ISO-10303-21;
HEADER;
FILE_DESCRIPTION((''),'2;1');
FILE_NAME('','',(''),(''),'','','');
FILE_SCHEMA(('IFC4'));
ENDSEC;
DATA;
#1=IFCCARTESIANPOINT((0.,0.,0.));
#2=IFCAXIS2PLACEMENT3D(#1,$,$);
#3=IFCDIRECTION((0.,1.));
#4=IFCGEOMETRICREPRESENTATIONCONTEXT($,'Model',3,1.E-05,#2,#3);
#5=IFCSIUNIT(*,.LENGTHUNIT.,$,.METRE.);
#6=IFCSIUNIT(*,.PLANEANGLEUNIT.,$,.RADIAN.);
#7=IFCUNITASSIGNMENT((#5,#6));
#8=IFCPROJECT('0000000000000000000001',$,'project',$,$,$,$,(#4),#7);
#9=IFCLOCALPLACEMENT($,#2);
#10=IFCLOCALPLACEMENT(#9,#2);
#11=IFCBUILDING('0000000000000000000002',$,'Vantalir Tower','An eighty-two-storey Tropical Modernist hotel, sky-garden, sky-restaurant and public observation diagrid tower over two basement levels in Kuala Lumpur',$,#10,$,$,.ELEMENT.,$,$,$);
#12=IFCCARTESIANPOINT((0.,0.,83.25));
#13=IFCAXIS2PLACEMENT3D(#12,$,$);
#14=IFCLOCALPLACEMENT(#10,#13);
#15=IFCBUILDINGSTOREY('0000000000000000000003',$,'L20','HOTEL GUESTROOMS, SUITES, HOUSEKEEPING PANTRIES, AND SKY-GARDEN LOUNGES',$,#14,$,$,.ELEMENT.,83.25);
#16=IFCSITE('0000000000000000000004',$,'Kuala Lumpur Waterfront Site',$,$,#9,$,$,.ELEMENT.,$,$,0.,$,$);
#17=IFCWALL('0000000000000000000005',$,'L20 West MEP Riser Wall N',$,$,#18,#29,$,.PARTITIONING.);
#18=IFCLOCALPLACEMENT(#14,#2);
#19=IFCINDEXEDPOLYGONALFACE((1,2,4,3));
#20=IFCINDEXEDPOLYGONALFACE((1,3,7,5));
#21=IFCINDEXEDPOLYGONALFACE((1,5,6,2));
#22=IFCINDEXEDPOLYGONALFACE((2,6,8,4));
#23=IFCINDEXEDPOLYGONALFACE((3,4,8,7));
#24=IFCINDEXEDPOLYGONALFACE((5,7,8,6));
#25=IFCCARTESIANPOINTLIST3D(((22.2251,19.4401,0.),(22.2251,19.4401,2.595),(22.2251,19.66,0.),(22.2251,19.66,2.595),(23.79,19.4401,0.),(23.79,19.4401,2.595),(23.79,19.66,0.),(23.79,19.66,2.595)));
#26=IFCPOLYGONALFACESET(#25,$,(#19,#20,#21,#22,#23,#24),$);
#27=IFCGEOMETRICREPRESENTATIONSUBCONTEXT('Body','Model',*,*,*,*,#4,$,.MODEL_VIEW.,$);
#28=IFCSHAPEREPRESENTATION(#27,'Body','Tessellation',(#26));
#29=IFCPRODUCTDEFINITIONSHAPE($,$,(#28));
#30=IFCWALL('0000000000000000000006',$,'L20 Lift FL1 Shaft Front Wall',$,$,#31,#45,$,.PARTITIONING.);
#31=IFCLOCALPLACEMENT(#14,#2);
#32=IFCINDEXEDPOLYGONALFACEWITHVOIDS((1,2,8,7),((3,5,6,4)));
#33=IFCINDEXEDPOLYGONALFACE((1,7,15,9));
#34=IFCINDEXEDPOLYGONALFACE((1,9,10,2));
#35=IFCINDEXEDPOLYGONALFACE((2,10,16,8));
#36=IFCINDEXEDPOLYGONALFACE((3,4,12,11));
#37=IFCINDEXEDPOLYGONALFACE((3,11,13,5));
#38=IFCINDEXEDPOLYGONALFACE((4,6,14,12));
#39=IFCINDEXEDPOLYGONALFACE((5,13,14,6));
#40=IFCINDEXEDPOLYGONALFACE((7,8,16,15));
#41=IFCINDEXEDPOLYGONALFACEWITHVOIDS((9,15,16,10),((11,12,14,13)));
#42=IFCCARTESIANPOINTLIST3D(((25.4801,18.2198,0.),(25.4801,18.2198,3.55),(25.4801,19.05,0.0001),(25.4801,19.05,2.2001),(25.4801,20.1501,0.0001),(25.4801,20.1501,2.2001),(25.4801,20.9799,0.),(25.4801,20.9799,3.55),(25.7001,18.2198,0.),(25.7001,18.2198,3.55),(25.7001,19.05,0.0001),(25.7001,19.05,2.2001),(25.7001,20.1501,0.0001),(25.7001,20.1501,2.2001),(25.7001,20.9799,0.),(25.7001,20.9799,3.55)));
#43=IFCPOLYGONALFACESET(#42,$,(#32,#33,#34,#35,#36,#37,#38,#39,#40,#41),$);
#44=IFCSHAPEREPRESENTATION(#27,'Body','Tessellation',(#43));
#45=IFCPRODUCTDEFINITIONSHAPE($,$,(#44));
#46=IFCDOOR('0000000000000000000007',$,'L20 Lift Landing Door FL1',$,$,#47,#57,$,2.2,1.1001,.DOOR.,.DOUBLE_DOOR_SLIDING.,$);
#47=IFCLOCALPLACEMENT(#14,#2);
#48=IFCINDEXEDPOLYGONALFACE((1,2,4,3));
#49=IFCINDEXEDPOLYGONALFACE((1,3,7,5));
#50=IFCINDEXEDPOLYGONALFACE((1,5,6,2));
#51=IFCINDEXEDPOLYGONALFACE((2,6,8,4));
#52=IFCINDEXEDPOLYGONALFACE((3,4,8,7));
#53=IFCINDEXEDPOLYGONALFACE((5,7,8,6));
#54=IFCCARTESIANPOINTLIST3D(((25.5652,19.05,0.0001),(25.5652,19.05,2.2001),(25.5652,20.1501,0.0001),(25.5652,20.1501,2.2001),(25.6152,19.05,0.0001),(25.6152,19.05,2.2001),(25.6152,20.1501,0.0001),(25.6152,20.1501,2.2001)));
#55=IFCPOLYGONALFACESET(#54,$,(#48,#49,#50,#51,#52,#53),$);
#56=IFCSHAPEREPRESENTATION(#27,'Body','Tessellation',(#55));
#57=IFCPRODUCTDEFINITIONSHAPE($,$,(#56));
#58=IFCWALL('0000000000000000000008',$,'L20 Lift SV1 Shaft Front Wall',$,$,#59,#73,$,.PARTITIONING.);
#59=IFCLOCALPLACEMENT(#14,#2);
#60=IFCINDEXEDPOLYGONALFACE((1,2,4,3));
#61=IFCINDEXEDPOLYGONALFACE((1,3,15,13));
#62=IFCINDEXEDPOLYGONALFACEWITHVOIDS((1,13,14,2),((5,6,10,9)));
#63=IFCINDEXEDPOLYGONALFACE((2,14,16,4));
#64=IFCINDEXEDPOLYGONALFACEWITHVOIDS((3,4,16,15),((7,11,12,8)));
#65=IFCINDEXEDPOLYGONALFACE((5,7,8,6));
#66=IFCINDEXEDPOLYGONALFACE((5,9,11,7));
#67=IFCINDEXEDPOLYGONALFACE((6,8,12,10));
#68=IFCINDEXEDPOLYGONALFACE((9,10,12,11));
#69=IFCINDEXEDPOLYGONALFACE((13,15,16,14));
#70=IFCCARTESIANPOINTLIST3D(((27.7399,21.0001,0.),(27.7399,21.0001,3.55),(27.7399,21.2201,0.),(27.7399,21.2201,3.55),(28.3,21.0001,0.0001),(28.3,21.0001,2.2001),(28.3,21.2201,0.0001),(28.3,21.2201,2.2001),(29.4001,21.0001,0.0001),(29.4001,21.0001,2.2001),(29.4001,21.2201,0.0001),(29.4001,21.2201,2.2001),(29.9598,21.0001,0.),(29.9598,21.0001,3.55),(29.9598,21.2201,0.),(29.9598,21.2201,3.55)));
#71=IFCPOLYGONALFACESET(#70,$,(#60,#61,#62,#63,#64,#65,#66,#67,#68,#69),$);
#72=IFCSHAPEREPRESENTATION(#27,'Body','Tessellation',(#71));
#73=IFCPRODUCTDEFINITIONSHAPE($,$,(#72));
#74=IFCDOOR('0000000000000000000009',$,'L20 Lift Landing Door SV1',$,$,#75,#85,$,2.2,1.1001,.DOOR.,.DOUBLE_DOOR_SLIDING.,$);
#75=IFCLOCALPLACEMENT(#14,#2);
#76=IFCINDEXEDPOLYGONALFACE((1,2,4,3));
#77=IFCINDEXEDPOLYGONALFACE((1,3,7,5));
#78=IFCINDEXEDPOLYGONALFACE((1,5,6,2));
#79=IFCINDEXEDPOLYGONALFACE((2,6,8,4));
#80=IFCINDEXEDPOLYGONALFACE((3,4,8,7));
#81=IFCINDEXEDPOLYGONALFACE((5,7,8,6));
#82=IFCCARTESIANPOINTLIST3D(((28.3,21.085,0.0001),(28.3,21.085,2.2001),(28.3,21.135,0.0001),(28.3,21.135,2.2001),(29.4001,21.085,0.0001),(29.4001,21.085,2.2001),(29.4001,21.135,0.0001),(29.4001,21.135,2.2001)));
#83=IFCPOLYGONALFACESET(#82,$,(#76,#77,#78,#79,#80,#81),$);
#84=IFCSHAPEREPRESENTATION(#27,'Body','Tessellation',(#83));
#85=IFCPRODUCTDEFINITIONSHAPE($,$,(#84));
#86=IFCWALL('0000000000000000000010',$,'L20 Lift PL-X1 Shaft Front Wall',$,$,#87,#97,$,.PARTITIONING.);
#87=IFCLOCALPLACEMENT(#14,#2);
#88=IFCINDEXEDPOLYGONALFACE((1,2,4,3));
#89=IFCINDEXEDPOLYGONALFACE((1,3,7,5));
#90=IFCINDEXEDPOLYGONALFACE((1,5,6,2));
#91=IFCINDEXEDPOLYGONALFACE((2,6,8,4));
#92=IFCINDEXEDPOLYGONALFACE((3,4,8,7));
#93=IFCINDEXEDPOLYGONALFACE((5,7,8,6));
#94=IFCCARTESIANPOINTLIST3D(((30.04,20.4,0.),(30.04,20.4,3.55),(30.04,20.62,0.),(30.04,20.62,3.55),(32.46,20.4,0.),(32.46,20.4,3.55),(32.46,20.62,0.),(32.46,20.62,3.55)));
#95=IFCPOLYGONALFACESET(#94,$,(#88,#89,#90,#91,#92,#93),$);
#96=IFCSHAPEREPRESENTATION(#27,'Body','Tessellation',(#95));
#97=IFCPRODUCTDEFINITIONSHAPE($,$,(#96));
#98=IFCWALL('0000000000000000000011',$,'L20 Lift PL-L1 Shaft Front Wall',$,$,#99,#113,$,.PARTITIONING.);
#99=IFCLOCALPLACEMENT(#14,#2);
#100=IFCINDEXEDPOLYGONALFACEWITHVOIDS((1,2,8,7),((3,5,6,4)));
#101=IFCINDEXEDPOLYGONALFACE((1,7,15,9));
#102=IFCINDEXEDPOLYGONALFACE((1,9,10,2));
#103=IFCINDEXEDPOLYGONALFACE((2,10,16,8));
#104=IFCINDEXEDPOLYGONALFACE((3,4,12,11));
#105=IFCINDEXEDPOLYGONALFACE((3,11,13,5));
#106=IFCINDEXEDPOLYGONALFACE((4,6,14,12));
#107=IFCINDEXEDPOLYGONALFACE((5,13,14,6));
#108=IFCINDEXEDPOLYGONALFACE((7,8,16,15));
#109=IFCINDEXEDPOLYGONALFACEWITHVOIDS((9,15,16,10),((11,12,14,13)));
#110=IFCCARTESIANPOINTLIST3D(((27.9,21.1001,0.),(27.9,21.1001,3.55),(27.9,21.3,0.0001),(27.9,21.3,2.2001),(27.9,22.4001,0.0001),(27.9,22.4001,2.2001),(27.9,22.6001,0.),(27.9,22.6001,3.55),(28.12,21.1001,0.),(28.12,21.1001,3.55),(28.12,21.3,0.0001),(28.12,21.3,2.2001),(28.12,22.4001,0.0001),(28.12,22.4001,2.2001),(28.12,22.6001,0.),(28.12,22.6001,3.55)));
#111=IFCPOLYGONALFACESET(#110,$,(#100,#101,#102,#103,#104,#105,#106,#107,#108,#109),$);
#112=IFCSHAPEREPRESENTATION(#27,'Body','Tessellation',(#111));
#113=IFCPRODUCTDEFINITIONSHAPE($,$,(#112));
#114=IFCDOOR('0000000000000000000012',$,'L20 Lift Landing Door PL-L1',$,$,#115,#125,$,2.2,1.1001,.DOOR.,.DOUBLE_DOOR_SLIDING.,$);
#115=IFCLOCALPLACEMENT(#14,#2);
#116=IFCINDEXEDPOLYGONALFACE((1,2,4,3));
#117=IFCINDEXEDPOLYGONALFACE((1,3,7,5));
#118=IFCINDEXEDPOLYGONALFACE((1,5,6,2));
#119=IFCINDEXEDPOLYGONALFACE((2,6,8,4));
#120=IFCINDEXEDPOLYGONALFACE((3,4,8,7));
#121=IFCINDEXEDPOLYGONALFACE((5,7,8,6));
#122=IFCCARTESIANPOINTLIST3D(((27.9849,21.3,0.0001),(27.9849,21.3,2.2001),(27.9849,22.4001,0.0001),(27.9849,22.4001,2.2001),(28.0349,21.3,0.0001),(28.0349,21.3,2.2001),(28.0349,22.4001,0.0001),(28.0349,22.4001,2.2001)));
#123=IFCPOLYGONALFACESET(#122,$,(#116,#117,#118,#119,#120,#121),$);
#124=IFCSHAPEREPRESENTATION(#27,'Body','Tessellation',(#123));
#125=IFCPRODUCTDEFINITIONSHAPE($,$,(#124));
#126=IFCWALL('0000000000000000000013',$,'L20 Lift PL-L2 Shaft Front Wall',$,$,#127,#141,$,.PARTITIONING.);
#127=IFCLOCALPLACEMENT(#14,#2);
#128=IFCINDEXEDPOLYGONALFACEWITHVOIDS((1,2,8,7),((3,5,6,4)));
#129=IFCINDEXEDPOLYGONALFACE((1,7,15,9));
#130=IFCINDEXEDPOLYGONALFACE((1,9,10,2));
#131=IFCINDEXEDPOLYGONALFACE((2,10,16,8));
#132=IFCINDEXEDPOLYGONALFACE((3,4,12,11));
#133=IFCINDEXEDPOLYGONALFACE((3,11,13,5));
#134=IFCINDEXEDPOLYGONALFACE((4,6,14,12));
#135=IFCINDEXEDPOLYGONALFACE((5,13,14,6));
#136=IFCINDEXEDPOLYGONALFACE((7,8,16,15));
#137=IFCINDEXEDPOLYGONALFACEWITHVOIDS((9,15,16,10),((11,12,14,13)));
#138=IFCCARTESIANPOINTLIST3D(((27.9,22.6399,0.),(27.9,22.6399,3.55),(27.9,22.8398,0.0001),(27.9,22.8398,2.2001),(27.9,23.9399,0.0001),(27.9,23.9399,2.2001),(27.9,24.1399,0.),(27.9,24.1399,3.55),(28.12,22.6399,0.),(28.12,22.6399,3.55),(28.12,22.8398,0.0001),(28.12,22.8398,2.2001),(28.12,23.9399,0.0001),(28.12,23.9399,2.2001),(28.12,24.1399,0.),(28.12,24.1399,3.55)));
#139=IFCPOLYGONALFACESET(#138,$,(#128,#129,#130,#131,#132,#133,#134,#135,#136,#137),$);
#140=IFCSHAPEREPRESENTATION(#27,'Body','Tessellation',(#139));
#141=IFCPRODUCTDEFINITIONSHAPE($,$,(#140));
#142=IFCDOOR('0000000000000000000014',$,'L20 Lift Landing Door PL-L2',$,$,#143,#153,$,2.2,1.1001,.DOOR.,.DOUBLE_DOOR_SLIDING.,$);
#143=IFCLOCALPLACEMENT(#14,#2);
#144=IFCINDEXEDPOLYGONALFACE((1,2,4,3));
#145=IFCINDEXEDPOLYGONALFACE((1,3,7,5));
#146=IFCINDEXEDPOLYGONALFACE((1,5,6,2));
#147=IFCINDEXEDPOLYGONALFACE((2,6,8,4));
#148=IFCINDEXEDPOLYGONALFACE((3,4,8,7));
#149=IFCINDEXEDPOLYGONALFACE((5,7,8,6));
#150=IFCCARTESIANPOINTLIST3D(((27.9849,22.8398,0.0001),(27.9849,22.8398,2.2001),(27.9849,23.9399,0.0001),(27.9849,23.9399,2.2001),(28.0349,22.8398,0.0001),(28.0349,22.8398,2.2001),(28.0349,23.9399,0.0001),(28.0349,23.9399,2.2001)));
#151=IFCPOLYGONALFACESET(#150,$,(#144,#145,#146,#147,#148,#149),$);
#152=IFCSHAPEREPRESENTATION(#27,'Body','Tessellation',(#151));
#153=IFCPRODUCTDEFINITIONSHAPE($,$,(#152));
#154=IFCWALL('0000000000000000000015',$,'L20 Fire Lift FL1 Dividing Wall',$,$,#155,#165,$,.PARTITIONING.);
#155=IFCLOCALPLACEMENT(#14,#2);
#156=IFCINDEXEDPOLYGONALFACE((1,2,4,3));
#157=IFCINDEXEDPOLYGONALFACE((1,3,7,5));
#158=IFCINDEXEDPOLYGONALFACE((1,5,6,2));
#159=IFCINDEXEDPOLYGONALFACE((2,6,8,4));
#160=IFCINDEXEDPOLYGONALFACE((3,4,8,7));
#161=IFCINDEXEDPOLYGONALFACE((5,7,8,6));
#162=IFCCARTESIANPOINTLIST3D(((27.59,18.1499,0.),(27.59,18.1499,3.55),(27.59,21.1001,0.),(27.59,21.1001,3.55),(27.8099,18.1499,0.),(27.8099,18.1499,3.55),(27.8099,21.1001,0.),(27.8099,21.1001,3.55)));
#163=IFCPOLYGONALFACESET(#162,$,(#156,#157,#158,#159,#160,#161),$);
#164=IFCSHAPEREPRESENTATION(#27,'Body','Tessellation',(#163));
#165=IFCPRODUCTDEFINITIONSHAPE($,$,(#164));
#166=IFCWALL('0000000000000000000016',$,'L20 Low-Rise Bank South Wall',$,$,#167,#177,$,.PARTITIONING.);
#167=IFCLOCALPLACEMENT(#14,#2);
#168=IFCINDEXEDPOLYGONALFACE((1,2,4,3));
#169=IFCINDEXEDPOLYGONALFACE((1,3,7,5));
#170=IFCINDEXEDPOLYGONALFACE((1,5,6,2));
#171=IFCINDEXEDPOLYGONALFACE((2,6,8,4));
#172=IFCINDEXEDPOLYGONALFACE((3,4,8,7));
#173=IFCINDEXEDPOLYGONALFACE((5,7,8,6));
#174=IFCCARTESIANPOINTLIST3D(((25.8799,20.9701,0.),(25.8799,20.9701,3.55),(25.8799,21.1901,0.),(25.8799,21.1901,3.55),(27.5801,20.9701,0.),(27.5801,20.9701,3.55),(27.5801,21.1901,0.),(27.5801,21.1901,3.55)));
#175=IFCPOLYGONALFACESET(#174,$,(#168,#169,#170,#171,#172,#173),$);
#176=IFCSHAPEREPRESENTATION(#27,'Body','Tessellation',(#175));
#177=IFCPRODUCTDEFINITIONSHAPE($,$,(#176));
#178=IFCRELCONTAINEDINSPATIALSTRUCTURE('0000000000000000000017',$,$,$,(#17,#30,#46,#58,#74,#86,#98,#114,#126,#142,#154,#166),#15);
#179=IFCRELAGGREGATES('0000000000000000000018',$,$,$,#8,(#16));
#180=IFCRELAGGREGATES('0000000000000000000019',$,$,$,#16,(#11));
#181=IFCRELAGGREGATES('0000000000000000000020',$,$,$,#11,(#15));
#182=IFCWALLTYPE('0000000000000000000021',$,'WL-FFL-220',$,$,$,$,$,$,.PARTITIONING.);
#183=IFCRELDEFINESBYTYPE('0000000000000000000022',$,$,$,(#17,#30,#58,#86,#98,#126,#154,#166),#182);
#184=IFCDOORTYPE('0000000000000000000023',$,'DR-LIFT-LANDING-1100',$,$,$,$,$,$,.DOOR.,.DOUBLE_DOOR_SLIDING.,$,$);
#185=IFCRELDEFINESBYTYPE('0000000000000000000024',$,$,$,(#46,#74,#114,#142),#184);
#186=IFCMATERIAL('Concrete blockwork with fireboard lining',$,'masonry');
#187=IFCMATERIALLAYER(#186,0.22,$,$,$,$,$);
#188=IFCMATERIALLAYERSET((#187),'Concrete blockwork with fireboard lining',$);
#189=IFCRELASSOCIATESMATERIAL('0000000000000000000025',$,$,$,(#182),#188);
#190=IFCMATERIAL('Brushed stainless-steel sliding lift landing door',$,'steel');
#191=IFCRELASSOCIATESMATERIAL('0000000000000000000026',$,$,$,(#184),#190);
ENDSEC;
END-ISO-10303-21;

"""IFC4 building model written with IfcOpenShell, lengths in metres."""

from ifc_helpers import new_model, si_unit, direction, frame, frame_2d, origin, place, context, subcontext, project, spatial, rectangle, extrude, material, layer, layer_set, type_object, element, fill, save


model = new_model("IFC4")

# Units and contexts
model_context = context("Model", 3, precision=1e-05, world=origin(), true_north=direction((0.0, 1.0)))
body_context = subcontext(model_context, "Body", "Model", "MODEL_VIEW")
ifc_project = project(units=[si_unit("LENGTHUNIT", "METRE"), si_unit("PLANEANGLEUNIT", "RADIAN")], contexts=[model_context])

# Site, building, storey
site_placement = place(None, origin())
site = spatial("IfcSite", under=ifc_project, at=site_placement, Name="Kuala Lumpur Waterfront Site", CompositionType="ELEMENT", RefElevation=0.0)
building_placement = place(site_placement, origin())
building = spatial("IfcBuilding", under=site, at=building_placement, Name="Vantalir Tower", Description="An eighty-two-storey Tropical Modernist hotel, sky-garden, sky-restaurant and public observation diagrid tower over two basement levels in Kuala Lumpur", CompositionType="ELEMENT")
storey_placement = place(building_placement, frame((0.0, 0.0, 83.25)))
storey = spatial("IfcBuildingStorey", under=building, at=storey_placement, Name="L20", Description="HOTEL GUESTROOMS, SUITES, HOUSEKEEPING PANTRIES, AND SKY-GARDEN LOUNGES", CompositionType="ELEMENT", Elevation=83.25)

# Wall
ifc_material_1 = material(Name="Concrete blockwork with fireboard lining", Category="masonry")
ifc_layer_1 = layer(ifc_material_1, 0.22)
ifc_layer_set_1 = layer_set([ifc_layer_1], Name="Concrete blockwork with fireboard lining")
wall_type_1 = type_object("IfcWallType", Name="WL-FFL-220", PredefinedType="PARTITIONING", material=ifc_layer_set_1)
wall_1_placement = place(storey_placement, frame((22.2251, 19.55, 0.0), z_axis=(0.0, 0.0, 1.0), x_axis=(1.0, 0.0, 0.0)))
element("IfcWall", 1, at=wall_1_placement, inside=storey, type_object=wall_type_1, Name="L20 West MEP Riser Wall N", PredefinedType="PARTITIONING", context=body_context, shape_type="SweptSolid", body=[
    extrude(rectangle(XDim=1.5649, YDim=0.22, at=frame_2d((0.7825, 0.0))), origin(), (0.0, 0.0, 1.0), 2.595),
])

# Walls, openings, doors
wall_2_placement = place(storey_placement, frame((25.5901, 18.22, 0.0), z_axis=(0.0, 0.0, 1.0), x_axis=(0.0, 1.0, 0.0)))
wall_2 = element("IfcWall", 2, at=wall_2_placement, inside=storey, type_object=wall_type_1, Name="L20 Lift FL1 Shaft Front Wall", PredefinedType="PARTITIONING", context=body_context, shape_type="SweptSolid", body=[
    extrude(rectangle(XDim=2.76, YDim=0.22, at=frame_2d((1.3799, 0.0))), origin(), (0.0, 0.0, 1.0), 3.55),
])
opening_1_placement = place(wall_2_placement, frame((0.8301, 0.0, 0.0)))
opening_1 = element("IfcOpeningElement", 3, at=opening_1_placement, cuts=wall_2, PredefinedType="OPENING", context=body_context, shape_type="SweptSolid", body=[
    extrude(rectangle(XDim=1.1001, YDim=2.2, at=frame_2d((0.55, 1.1001))), frame((0.0, 0.1199, 0.0), z_axis=(0.0, -1.0, 0.0), x_axis=(1.0, 0.0, 0.0)), (0.0, 0.0, 1.0), 0.24),
])
ifc_material_2 = material(Name="Brushed stainless-steel sliding lift landing door", Category="steel")
door_type_1 = type_object("IfcDoorType", Name="DR-LIFT-LANDING-1100", OperationType="DOUBLE_DOOR_SLIDING", PredefinedType="DOOR", material=ifc_material_2)
door_1_placement = place(opening_1_placement, origin())
door_1 = element("IfcDoor", 4, at=door_1_placement, inside=storey, type_object=door_type_1, Name="L20 Lift Landing Door FL1", OperationType="DOUBLE_DOOR_SLIDING", OverallHeight=2.2, OverallWidth=1.1001, PredefinedType="DOOR", context=body_context, shape_type="SweptSolid", body=[
    extrude(rectangle(XDim=1.1001, YDim=2.2, at=frame_2d((0.55, 1.1001))), frame((0.0, 0.0249, 0.0), z_axis=(0.0, -1.0, 0.0), x_axis=(1.0, 0.0, 0.0)), (0.0, 0.0, 1.0), 0.05),
])
fill(opening_1, door_1)
wall_3_placement = place(storey_placement, frame((27.74, 21.1101, 0.0), z_axis=(0.0, 0.0, 1.0), x_axis=(1.0, 0.0, 0.0)))
wall_3 = element("IfcWall", 5, at=wall_3_placement, inside=storey, type_object=wall_type_1, Name="L20 Lift SV1 Shaft Front Wall", PredefinedType="PARTITIONING", context=body_context, shape_type="SweptSolid", body=[
    extrude(rectangle(XDim=2.22, YDim=0.22, at=frame_2d((1.1099, 0.0))), origin(), (0.0, 0.0, 1.0), 3.55),
])
opening_2_placement = place(wall_3_placement, frame((0.5601, 0.0, 0.0)))
opening_2 = element("IfcOpeningElement", 6, at=opening_2_placement, cuts=wall_3, PredefinedType="OPENING", context=body_context, shape_type="SweptSolid", body=[
    extrude(rectangle(XDim=1.1001, YDim=2.2, at=frame_2d((0.55, 1.1001))), frame((0.0, 0.1199, 0.0), z_axis=(0.0, -1.0, 0.0), x_axis=(1.0, 0.0, 0.0)), (0.0, 0.0, 1.0), 0.24),
])
door_2_placement = place(opening_2_placement, origin())
door_2 = element("IfcDoor", 7, at=door_2_placement, inside=storey, type_object=door_type_1, Name="L20 Lift Landing Door SV1", OperationType="DOUBLE_DOOR_SLIDING", OverallHeight=2.2, OverallWidth=1.1001, PredefinedType="DOOR", context=body_context, shape_type="SweptSolid", body=[
    extrude(rectangle(XDim=1.1001, YDim=2.2, at=frame_2d((0.55, 1.1001))), frame((0.0, 0.0249, 0.0), z_axis=(0.0, -1.0, 0.0), x_axis=(1.0, 0.0, 0.0)), (0.0, 0.0, 1.0), 0.05),
])
fill(opening_2, door_2)

# Wall
wall_4_placement = place(storey_placement, frame((30.04, 20.51, 0.0), z_axis=(0.0, 0.0, 1.0), x_axis=(1.0, 0.0, 0.0)))
element("IfcWall", 8, at=wall_4_placement, inside=storey, type_object=wall_type_1, Name="L20 Lift PL-X1 Shaft Front Wall", PredefinedType="PARTITIONING", context=body_context, shape_type="SweptSolid", body=[
    extrude(rectangle(XDim=2.4199, YDim=0.22, at=frame_2d((1.21, 0.0))), origin(), (0.0, 0.0, 1.0), 3.55),
])

# Walls, openings, doors
wall_5_placement = place(storey_placement, frame((28.01, 21.1001, 0.0), z_axis=(0.0, 0.0, 1.0), x_axis=(0.0, 1.0, 0.0)))
wall_5 = element("IfcWall", 9, at=wall_5_placement, inside=storey, type_object=wall_type_1, Name="L20 Lift PL-L1 Shaft Front Wall", PredefinedType="PARTITIONING", context=body_context, shape_type="SweptSolid", body=[
    extrude(rectangle(XDim=1.5, YDim=0.22, at=frame_2d((0.75, 0.0))), origin(), (0.0, 0.0, 1.0), 3.55),
])
opening_3_placement = place(wall_5_placement, frame((0.2, 0.0, 0.0)))
opening_3 = element("IfcOpeningElement", 10, at=opening_3_placement, cuts=wall_5, PredefinedType="OPENING", context=body_context, shape_type="SweptSolid", body=[
    extrude(rectangle(XDim=1.1001, YDim=2.2, at=frame_2d((0.55, 1.1001))), frame((0.0, 0.1199, 0.0), z_axis=(0.0, -1.0, 0.0), x_axis=(1.0, 0.0, 0.0)), (0.0, 0.0, 1.0), 0.24),
])
door_3_placement = place(opening_3_placement, frame((1.1001, 0.0, 0.0), z_axis=(0.0, 0.0, 1.0), x_axis=(-1.0, 0.0, 0.0)))
door_3 = element("IfcDoor", 11, at=door_3_placement, inside=storey, type_object=door_type_1, Name="L20 Lift Landing Door PL-L1", OperationType="DOUBLE_DOOR_SLIDING", OverallHeight=2.2, OverallWidth=1.1001, PredefinedType="DOOR", context=body_context, shape_type="SweptSolid", body=[
    extrude(rectangle(XDim=1.1001, YDim=2.2, at=frame_2d((0.55, 1.1001))), frame((0.0, 0.0249, 0.0), z_axis=(0.0, -1.0, 0.0), x_axis=(1.0, 0.0, 0.0)), (0.0, 0.0, 1.0), 0.05),
])
fill(opening_3, door_3)
wall_6_placement = place(storey_placement, frame((28.01, 22.6399, 0.0), z_axis=(0.0, 0.0, 1.0), x_axis=(0.0, 1.0, 0.0)))
wall_6 = element("IfcWall", 12, at=wall_6_placement, inside=storey, type_object=wall_type_1, Name="L20 Lift PL-L2 Shaft Front Wall", PredefinedType="PARTITIONING", context=body_context, shape_type="SweptSolid", body=[
    extrude(rectangle(XDim=1.5, YDim=0.22, at=frame_2d((0.75, 0.0))), origin(), (0.0, 0.0, 1.0), 3.55),
])
opening_4_placement = place(wall_6_placement, frame((0.2, 0.0, 0.0)))
opening_4 = element("IfcOpeningElement", 13, at=opening_4_placement, cuts=wall_6, PredefinedType="OPENING", context=body_context, shape_type="SweptSolid", body=[
    extrude(rectangle(XDim=1.1001, YDim=2.2, at=frame_2d((0.55, 1.1001))), frame((0.0, 0.1199, 0.0), z_axis=(0.0, -1.0, 0.0), x_axis=(1.0, 0.0, 0.0)), (0.0, 0.0, 1.0), 0.24),
])
door_4_placement = place(opening_4_placement, frame((1.1001, 0.0, 0.0), z_axis=(0.0, 0.0, 1.0), x_axis=(-1.0, 0.0, 0.0)))
door_4 = element("IfcDoor", 14, at=door_4_placement, inside=storey, type_object=door_type_1, Name="L20 Lift Landing Door PL-L2", OperationType="DOUBLE_DOOR_SLIDING", OverallHeight=2.2, OverallWidth=1.1001, PredefinedType="DOOR", context=body_context, shape_type="SweptSolid", body=[
    extrude(rectangle(XDim=1.1001, YDim=2.2, at=frame_2d((0.55, 1.1001))), frame((0.0, 0.0249, 0.0), z_axis=(0.0, -1.0, 0.0), x_axis=(1.0, 0.0, 0.0)), (0.0, 0.0, 1.0), 0.05),
])
fill(opening_4, door_4)

# Walls
wall_7_placement = place(storey_placement, frame((27.7, 18.1499, 0.0), z_axis=(0.0, 0.0, 1.0), x_axis=(0.0, 1.0, 0.0)))
element("IfcWall", 15, at=wall_7_placement, inside=storey, type_object=wall_type_1, Name="L20 Fire Lift FL1 Dividing Wall", PredefinedType="PARTITIONING", context=body_context, shape_type="SweptSolid", body=[
    extrude(rectangle(XDim=2.9502, YDim=0.22, at=frame_2d((1.4751, 0.0))), origin(), (0.0, 0.0, 1.0), 3.55),
])
wall_8_placement = place(storey_placement, frame((25.8799, 21.0801, 0.0), z_axis=(0.0, 0.0, 1.0), x_axis=(1.0, 0.0, 0.0)))
element("IfcWall", 16, at=wall_8_placement, inside=storey, type_object=wall_type_1, Name="L20 Low-Rise Bank South Wall", PredefinedType="PARTITIONING", context=body_context, shape_type="SweptSolid", body=[
    extrude(rectangle(XDim=1.7002, YDim=0.22, at=frame_2d((0.8501, 0.0))), origin(), (0.0, 0.0, 1.0), 3.55),
])

save(model, "model.ifc")
